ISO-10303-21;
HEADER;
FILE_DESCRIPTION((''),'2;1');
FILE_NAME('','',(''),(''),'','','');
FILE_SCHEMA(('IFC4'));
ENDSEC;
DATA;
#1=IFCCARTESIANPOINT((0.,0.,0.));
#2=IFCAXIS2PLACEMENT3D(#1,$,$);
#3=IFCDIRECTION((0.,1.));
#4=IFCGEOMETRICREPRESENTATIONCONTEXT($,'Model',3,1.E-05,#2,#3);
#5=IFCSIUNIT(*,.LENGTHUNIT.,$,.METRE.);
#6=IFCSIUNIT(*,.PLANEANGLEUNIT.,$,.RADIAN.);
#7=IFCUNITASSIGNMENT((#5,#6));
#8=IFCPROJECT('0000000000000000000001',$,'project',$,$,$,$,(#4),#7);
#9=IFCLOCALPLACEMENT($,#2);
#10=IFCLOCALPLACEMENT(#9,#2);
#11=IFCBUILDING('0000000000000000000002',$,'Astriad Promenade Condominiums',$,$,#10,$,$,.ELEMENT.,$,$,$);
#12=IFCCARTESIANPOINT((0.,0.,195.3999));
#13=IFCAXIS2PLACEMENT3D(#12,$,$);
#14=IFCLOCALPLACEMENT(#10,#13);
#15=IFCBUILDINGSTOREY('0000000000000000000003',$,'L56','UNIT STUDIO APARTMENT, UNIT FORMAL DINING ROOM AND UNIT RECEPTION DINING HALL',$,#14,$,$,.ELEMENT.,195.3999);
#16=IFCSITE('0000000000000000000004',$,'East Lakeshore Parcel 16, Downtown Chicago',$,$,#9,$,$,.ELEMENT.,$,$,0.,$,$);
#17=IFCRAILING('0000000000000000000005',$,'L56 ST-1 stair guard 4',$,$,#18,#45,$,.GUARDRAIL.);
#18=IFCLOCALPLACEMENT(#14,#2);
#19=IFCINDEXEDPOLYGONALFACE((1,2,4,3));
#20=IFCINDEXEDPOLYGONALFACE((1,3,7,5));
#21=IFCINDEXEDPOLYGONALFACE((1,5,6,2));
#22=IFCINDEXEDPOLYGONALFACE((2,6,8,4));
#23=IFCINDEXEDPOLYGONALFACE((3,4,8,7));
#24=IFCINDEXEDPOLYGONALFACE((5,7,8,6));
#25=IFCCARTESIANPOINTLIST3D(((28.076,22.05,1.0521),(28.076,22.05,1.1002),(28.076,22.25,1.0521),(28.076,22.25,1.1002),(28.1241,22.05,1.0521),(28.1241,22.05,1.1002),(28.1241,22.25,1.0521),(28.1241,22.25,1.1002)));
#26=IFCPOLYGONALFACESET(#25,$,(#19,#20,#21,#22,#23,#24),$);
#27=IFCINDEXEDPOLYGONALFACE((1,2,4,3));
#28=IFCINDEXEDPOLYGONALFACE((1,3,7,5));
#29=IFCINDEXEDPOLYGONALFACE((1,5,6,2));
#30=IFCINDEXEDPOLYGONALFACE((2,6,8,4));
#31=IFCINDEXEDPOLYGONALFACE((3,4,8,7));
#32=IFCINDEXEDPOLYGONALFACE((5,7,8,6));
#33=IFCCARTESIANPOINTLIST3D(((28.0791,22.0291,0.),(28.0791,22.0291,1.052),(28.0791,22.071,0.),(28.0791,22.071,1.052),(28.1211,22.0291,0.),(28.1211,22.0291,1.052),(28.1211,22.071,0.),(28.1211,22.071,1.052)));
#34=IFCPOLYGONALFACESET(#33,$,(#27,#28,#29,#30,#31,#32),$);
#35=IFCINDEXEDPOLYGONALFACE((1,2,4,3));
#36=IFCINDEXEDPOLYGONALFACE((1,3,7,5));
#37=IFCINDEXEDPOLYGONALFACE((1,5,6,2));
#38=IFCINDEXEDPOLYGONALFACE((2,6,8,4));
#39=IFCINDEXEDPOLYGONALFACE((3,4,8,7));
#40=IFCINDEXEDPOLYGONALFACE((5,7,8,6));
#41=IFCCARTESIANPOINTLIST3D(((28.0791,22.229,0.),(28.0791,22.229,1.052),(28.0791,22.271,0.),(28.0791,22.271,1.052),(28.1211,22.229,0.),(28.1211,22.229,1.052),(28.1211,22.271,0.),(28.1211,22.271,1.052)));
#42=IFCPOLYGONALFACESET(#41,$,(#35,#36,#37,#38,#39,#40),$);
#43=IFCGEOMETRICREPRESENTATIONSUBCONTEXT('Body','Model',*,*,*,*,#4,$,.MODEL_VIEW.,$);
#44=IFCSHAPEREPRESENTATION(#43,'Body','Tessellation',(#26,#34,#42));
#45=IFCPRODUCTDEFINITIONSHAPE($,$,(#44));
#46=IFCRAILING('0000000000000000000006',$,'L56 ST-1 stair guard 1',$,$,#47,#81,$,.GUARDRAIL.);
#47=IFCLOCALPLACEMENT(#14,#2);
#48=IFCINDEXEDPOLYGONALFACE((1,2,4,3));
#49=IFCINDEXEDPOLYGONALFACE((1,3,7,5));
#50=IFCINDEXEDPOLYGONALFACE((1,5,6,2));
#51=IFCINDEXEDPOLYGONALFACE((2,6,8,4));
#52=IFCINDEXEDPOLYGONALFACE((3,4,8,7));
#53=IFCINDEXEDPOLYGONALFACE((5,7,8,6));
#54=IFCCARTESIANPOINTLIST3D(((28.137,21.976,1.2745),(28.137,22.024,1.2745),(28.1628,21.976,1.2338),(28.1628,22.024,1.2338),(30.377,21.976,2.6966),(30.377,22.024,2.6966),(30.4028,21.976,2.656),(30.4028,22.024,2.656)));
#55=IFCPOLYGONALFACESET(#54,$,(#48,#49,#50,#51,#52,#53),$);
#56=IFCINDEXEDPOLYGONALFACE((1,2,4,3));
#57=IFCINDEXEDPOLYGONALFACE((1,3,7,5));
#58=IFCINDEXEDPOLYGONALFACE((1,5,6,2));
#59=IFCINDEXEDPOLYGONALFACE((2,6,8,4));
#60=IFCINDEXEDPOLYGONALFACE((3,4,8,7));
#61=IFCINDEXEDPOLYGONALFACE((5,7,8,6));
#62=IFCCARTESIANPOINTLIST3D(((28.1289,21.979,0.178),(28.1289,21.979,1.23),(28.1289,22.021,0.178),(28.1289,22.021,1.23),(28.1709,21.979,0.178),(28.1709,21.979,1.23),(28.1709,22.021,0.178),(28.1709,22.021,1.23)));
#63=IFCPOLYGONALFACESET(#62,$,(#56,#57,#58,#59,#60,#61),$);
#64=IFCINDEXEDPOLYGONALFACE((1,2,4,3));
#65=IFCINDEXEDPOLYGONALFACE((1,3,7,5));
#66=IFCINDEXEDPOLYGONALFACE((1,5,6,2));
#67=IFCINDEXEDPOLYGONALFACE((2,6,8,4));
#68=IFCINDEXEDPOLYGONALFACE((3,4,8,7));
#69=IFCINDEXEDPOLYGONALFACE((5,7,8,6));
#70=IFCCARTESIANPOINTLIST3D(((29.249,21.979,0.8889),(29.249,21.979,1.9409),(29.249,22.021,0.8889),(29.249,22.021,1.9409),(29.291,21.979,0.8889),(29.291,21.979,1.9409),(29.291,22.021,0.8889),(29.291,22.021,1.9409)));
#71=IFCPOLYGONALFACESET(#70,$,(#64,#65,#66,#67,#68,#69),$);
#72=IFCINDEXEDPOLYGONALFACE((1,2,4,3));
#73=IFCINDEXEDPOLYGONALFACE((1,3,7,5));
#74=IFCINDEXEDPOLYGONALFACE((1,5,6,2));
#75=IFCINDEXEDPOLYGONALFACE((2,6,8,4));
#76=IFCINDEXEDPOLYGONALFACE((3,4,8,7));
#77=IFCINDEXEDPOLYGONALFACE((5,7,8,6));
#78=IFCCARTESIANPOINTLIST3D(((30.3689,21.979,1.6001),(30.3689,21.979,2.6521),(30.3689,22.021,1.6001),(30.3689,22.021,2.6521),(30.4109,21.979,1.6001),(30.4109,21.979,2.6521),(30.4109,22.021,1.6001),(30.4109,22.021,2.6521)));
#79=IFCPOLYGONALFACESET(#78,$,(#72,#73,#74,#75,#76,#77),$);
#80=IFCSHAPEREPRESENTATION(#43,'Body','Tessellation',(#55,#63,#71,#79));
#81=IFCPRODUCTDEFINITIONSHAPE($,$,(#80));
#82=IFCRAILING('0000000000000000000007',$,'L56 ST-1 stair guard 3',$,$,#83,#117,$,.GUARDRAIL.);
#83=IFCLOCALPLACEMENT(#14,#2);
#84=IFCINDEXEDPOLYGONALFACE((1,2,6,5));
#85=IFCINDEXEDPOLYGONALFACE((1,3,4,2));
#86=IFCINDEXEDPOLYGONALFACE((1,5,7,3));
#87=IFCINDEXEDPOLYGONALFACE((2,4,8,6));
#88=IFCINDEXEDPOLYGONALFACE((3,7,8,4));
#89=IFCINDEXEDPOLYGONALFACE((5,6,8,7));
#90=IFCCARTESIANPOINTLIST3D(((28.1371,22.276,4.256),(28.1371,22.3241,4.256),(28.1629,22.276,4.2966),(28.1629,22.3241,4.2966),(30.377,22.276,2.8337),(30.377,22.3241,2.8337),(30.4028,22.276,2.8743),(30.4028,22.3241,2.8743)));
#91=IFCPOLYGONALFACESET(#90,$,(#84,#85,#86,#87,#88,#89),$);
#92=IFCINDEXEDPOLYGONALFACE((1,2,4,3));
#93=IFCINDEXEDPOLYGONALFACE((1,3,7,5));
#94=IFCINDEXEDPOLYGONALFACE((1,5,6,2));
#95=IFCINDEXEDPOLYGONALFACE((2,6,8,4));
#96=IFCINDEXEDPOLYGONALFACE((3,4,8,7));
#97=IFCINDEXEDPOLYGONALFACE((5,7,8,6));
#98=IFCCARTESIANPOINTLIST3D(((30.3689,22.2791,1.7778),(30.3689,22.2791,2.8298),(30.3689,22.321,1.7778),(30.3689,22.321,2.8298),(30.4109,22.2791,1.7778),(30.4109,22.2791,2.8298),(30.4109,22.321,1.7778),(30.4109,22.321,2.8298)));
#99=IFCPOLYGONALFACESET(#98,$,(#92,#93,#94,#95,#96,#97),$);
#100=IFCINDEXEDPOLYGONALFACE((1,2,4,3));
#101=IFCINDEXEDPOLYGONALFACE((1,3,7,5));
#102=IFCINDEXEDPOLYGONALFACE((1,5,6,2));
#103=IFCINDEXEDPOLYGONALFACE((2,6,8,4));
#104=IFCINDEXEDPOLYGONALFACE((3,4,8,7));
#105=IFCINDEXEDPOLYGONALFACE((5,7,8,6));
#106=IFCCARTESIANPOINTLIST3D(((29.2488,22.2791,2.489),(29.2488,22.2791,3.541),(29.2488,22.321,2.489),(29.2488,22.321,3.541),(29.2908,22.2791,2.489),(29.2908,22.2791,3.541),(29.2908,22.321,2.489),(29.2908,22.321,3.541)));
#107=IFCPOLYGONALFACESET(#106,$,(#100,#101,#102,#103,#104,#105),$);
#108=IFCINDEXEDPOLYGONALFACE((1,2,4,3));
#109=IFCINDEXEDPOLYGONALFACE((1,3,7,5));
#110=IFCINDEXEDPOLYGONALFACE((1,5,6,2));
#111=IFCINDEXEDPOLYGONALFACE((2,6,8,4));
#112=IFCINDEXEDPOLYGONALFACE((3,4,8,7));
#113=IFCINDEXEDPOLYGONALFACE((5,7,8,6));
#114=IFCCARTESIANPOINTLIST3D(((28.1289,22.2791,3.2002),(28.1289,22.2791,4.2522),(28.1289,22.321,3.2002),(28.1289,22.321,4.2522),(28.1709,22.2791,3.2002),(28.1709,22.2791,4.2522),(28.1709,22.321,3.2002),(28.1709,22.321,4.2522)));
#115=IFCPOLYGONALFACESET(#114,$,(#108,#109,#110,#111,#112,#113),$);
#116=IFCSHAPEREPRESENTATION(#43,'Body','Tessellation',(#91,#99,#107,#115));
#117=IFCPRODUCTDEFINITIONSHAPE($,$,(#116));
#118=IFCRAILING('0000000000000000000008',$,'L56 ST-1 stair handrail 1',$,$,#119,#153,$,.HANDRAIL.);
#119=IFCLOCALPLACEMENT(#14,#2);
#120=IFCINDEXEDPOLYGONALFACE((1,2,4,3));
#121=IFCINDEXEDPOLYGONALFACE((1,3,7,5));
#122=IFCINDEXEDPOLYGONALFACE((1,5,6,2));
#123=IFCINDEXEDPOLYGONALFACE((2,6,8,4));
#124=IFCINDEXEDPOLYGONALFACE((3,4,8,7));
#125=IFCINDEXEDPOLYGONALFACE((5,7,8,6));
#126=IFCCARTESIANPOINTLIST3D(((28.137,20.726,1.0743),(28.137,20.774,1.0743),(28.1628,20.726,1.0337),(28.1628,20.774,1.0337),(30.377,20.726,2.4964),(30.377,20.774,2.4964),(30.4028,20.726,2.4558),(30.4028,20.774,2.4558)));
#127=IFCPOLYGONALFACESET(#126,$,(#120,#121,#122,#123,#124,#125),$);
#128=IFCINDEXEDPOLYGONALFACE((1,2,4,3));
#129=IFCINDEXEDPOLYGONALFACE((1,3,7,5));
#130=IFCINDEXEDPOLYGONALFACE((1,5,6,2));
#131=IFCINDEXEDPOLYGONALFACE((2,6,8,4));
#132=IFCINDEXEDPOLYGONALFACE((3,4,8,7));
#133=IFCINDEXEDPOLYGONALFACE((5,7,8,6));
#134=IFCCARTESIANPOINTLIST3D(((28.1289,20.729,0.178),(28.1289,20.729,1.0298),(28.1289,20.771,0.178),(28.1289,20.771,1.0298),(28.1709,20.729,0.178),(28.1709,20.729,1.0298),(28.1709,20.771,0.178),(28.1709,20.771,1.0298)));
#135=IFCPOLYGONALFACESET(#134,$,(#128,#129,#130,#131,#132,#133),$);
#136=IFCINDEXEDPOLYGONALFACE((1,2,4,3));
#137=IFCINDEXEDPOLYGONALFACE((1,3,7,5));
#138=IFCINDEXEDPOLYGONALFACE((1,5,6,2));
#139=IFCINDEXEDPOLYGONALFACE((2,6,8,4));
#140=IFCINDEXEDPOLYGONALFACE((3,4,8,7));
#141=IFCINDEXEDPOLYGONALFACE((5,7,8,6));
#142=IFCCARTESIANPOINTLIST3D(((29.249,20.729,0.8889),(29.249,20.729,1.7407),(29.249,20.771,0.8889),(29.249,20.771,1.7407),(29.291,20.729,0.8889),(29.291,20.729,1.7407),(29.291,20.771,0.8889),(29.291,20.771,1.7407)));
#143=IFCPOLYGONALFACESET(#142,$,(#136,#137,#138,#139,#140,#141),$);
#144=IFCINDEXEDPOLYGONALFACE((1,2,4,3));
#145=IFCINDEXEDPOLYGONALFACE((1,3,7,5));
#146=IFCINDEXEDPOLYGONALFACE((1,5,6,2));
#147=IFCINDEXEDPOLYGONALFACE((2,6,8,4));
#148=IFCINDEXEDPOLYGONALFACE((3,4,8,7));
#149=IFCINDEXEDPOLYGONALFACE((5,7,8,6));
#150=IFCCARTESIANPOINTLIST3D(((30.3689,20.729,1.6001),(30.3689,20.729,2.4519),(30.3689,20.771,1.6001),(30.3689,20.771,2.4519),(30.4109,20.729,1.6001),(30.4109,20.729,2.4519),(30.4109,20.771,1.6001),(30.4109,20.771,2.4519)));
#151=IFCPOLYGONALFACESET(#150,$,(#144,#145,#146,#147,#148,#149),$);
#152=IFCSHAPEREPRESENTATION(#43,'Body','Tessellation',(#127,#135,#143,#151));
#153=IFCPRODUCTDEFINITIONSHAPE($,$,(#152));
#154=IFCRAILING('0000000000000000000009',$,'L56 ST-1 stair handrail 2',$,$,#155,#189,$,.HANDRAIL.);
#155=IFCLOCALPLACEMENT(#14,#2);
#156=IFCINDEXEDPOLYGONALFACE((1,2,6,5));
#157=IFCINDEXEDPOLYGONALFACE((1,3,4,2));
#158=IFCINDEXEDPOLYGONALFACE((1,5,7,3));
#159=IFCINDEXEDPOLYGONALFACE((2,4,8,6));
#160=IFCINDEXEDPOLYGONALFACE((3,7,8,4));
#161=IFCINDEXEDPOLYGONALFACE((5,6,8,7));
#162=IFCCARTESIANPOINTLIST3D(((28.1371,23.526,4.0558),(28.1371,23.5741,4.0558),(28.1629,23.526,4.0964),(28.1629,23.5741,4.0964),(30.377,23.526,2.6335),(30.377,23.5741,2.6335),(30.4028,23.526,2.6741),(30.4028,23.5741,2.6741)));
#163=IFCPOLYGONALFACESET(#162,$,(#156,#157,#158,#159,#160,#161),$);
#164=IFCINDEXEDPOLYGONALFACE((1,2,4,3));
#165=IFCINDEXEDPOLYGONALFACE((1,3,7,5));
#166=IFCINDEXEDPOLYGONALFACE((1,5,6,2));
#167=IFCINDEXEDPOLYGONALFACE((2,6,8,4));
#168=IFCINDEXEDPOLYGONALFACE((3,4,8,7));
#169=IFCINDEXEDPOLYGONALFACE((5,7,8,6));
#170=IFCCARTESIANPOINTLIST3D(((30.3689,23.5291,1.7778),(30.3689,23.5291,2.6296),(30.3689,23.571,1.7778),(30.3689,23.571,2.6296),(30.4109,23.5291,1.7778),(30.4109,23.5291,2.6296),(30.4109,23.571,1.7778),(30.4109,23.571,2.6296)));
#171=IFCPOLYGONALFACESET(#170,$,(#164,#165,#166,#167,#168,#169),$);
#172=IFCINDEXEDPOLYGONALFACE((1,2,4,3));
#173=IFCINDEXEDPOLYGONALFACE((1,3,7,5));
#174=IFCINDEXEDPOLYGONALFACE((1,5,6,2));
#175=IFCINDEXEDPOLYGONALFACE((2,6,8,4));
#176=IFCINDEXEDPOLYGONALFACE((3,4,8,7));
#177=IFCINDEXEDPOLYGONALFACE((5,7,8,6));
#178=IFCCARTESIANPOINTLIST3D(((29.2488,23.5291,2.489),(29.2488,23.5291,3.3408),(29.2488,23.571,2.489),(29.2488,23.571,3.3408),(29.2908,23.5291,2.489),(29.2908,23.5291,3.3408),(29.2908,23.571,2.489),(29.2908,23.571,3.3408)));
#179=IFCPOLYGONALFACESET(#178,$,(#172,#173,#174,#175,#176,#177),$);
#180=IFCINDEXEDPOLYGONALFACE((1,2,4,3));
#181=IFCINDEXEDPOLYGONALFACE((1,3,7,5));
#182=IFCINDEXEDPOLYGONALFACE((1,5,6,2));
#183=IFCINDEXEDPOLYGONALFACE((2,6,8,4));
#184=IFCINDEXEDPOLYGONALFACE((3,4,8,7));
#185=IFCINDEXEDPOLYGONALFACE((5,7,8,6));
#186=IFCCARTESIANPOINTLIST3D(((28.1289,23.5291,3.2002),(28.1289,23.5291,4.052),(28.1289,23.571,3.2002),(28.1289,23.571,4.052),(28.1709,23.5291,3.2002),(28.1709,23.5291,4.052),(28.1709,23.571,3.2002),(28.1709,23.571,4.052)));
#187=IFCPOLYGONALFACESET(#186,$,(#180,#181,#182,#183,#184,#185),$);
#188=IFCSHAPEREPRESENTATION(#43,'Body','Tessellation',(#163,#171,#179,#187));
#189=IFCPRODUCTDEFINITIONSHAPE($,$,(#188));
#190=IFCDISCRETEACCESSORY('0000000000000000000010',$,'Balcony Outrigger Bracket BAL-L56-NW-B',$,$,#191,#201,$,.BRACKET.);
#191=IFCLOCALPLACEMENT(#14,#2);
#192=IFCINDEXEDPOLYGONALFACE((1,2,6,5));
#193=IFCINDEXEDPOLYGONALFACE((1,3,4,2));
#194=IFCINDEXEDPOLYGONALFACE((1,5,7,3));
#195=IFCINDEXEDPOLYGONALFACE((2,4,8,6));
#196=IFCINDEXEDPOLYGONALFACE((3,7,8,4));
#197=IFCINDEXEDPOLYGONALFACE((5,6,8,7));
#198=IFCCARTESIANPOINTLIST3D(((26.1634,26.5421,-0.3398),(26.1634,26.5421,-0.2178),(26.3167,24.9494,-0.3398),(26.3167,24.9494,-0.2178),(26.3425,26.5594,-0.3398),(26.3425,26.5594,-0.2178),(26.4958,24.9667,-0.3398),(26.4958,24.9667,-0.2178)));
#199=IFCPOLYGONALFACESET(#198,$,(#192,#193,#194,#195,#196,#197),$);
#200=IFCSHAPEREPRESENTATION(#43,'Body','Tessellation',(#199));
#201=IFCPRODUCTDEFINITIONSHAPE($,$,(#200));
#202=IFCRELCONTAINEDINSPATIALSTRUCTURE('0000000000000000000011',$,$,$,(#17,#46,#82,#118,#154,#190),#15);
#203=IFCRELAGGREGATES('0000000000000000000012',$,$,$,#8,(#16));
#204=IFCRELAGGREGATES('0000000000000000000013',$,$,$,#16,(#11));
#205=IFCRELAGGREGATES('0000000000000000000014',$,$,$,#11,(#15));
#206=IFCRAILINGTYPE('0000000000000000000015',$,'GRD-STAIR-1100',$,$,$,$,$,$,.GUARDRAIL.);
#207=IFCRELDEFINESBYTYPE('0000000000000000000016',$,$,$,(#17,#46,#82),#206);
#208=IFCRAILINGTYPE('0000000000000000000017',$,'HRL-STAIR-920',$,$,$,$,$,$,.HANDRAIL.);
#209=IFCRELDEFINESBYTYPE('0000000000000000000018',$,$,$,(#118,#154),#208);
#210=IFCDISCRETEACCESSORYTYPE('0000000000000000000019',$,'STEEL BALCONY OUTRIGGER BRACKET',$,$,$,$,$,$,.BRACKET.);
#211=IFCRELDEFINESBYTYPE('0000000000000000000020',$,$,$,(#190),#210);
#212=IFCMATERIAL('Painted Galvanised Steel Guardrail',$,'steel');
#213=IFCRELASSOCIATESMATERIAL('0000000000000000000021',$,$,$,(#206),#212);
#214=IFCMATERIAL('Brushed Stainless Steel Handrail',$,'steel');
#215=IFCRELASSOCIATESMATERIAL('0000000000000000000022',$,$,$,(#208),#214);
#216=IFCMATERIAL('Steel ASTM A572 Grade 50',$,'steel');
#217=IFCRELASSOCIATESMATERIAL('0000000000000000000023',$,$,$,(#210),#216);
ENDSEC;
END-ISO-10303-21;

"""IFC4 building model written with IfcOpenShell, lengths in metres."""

from ifc_helpers import new_model, si_unit, direction, frame, origin, origin_2d, place, context, subcontext, project, spatial, rectangle, extrude, source, transform, mapped, material, type_object, type_shapes, element, save


model = new_model("IFC4")

# Units and contexts
model_context = context("Model", 3, precision=1e-05, world=origin(), true_north=direction((0.0, 1.0)))
body_context = subcontext(model_context, "Body", "Model", "MODEL_VIEW")
ifc_project = project(units=[si_unit("LENGTHUNIT", "METRE"), si_unit("PLANEANGLEUNIT", "RADIAN")], contexts=[model_context])

# Site, building, storey
site_placement = place(None, origin())
site = spatial("IfcSite", under=ifc_project, at=site_placement, Name="East Lakeshore Parcel 16, Downtown Chicago", CompositionType="ELEMENT", RefElevation=0.0)
building_placement = place(site_placement, origin())
building = spatial("IfcBuilding", under=site, at=building_placement, Name="Astriad Promenade Condominiums", CompositionType="ELEMENT")
storey_placement = place(building_placement, frame((0.0, 0.0, 195.3999)))
storey = spatial("IfcBuildingStorey", under=building, at=storey_placement, Name="L56", Description="UNIT STUDIO APARTMENT, UNIT FORMAL DINING ROOM AND UNIT RECEPTION DINING HALL", CompositionType="ELEMENT", Elevation=195.3999)

# Railings
ifc_material_1 = material(Name="Painted Galvanised Steel Guardrail", Category="steel")
railing_type_1 = type_object("IfcRailingType", Name="GRD-STAIR-1100", PredefinedType="GUARDRAIL", material=ifc_material_1)
shared_shape_1 = source(origin(), body_context, "Body", "SweptSolid", [
    extrude(rectangle(XDim=0.0481, YDim=0.0481, at=origin_2d()), frame((0.0, 0.0, 1.0762), z_axis=(0.0, 1.0, 0.0), x_axis=(-1.0, 0.0, 0.0)), (0.0, 0.0, 1.0), 0.2),
    extrude(rectangle(XDim=0.042, YDim=0.042, at=origin_2d()), origin(), (0.0, 0.0, 1.0), 1.052),
    extrude(rectangle(XDim=0.042, YDim=0.042, at=origin_2d()), frame((0.0, 0.2, 0.0)), (0.0, 0.0, 1.0), 1.052),
])
railing_1_placement = place(storey_placement, frame((28.1001, 22.05, 0.0)))
element("IfcRailing", 1, at=railing_1_placement, inside=storey, type_object=railing_type_1, Name="L56 ST-1 stair guard 4", PredefinedType="GUARDRAIL", context=body_context, shape_type="MappedRepresentation", body=[
    mapped(shared_shape_1, transform((0.0, 0.0, 0.0), scale=1.0)),
])
shared_shape_2 = source(origin(), body_context, "Body", "SweptSolid", [
    extrude(rectangle(XDim=0.0481, YDim=0.0481, at=origin_2d()), frame((0.0, 0.0, 1.0762), z_axis=(0.844229, 0.0, 0.535982), x_axis=(0.0, 1.0, 0.0)), (0.0, 0.0, 1.0), 2.6533),
    extrude(rectangle(XDim=0.042, YDim=0.042, at=origin_2d()), origin(), (0.0, 0.0, 1.0), 1.052),
    extrude(rectangle(XDim=0.042, YDim=0.042, at=origin_2d()), frame((1.1201, 0.0, 0.7109)), (0.0, 0.0, 1.0), 1.052),
    extrude(rectangle(XDim=0.042, YDim=0.042, at=origin_2d()), frame((2.24, 0.0, 1.4221)), (0.0, 0.0, 1.0), 1.052),
])
railing_2_placement = place(storey_placement, frame((28.1499, 22.0, 0.178)))
element("IfcRailing", 2, at=railing_2_placement, inside=storey, type_object=railing_type_1, Name="L56 ST-1 stair guard 1", PredefinedType="GUARDRAIL", context=body_context, shape_type="MappedRepresentation", body=[
    mapped(shared_shape_2, transform((0.0, 0.0, 0.0), scale=1.0)),
])
shared_shape_3 = source(origin(), body_context, "Body", "SweptSolid", [
    extrude(rectangle(XDim=0.0481, YDim=0.0481, at=origin_2d()), frame((0.0, 0.0, 1.0762), z_axis=(-0.844188, 0.0, 0.536048), x_axis=(0.0, -1.0, 0.0)), (0.0, 0.0, 1.0), 2.6533),
    extrude(rectangle(XDim=0.042, YDim=0.042, at=origin_2d()), origin(), (0.0, 0.0, 1.0), 1.052),
    extrude(rectangle(XDim=0.042, YDim=0.042, at=origin_2d()), frame((-1.1201, 0.0, 0.7112)), (0.0, 0.0, 1.0), 1.052),
    extrude(rectangle(XDim=0.042, YDim=0.042, at=origin_2d()), frame((-2.24, 0.0, 1.4224)), (0.0, 0.0, 1.0), 1.052),
])
type_shapes(railing_type_1, [shared_shape_1, shared_shape_2, shared_shape_3])
railing_3_placement = place(storey_placement, frame((30.3899, 22.3, 1.7778)))
element("IfcRailing", 3, at=railing_3_placement, inside=storey, type_object=railing_type_1, Name="L56 ST-1 stair guard 3", PredefinedType="GUARDRAIL", context=body_context, shape_type="MappedRepresentation", body=[
    mapped(shared_shape_3, transform((0.0, 0.0, 0.0), scale=1.0)),
])
ifc_material_2 = material(Name="Brushed Stainless Steel Handrail", Category="steel")
railing_type_2 = type_object("IfcRailingType", Name="HRL-STAIR-920", PredefinedType="HANDRAIL", material=ifc_material_2)
shared_shape_4 = source(origin(), body_context, "Body", "SweptSolid", [
    extrude(rectangle(XDim=0.0481, YDim=0.0481, at=origin_2d()), frame((0.0, 0.0, 0.876), z_axis=(0.844229, 0.0, 0.535982), x_axis=(0.0, 1.0, 0.0)), (0.0, 0.0, 1.0), 2.6533),
    extrude(rectangle(XDim=0.042, YDim=0.042, at=origin_2d()), origin(), (0.0, 0.0, 1.0), 0.8518),
    extrude(rectangle(XDim=0.042, YDim=0.042, at=origin_2d()), frame((1.1201, 0.0, 0.7109)), (0.0, 0.0, 1.0), 0.8518),
    extrude(rectangle(XDim=0.042, YDim=0.042, at=origin_2d()), frame((2.24, 0.0, 1.4221)), (0.0, 0.0, 1.0), 0.8518),
])
railing_4_placement = place(storey_placement, frame((28.1499, 20.75, 0.178)))
element("IfcRailing", 4, at=railing_4_placement, inside=storey, type_object=railing_type_2, Name="L56 ST-1 stair handrail 1", PredefinedType="HANDRAIL", context=body_context, shape_type="MappedRepresentation", body=[
    mapped(shared_shape_4, transform((0.0, 0.0, 0.0), scale=1.0)),
])
shared_shape_5 = source(origin(), body_context, "Body", "SweptSolid", [
    extrude(rectangle(XDim=0.0481, YDim=0.0481, at=origin_2d()), frame((0.0, 0.0, 0.876), z_axis=(-0.844188, 0.0, 0.536048), x_axis=(0.0, -1.0, 0.0)), (0.0, 0.0, 1.0), 2.6533),
    extrude(rectangle(XDim=0.042, YDim=0.042, at=origin_2d()), origin(), (0.0, 0.0, 1.0), 0.8518),
    extrude(rectangle(XDim=0.042, YDim=0.042, at=origin_2d()), frame((-1.1201, 0.0, 0.7112)), (0.0, 0.0, 1.0), 0.8518),
    extrude(rectangle(XDim=0.042, YDim=0.042, at=origin_2d()), frame((-2.24, 0.0, 1.4224)), (0.0, 0.0, 1.0), 0.8518),
])
type_shapes(railing_type_2, [shared_shape_4, shared_shape_5])
railing_5_placement = place(storey_placement, frame((30.3899, 23.55, 1.7778)))
element("IfcRailing", 5, at=railing_5_placement, inside=storey, type_object=railing_type_2, Name="L56 ST-1 stair handrail 2", PredefinedType="HANDRAIL", context=body_context, shape_type="MappedRepresentation", body=[
    mapped(shared_shape_5, transform((0.0, 0.0, 0.0), scale=1.0)),
])

# Discrete accessory
ifc_material_3 = material(Name="Steel ASTM A572 Grade 50", Category="steel")
discrete_accessory_type = type_object("IfcDiscreteAccessoryType", Name="STEEL BALCONY OUTRIGGER BRACKET", PredefinedType="BRACKET", material=ifc_material_3)
shared_shape_6 = source(origin(), body_context, "Body", "SweptSolid", [
    extrude(rectangle(XDim=1.6001, YDim=0.1799, at=origin_2d()), origin(), (0.0, 0.0, 1.0), 0.1221),
])
type_shapes(discrete_accessory_type, [shared_shape_6])
discrete_accessory_placement = place(storey_placement, frame((26.3296, 25.7544, -0.3398), z_axis=(0.0, 0.0, 1.0), x_axis=(-0.095846, 0.995396, 0.0)))
element("IfcDiscreteAccessory", 6, at=discrete_accessory_placement, inside=storey, type_object=discrete_accessory_type, Name="Balcony Outrigger Bracket BAL-L56-NW-B", PredefinedType="BRACKET", context=body_context, shape_type="MappedRepresentation", body=[
    mapped(shared_shape_6, transform((0.0, 0.0, 0.0), scale=1.0)),
])

save(model, "model.ifc")
